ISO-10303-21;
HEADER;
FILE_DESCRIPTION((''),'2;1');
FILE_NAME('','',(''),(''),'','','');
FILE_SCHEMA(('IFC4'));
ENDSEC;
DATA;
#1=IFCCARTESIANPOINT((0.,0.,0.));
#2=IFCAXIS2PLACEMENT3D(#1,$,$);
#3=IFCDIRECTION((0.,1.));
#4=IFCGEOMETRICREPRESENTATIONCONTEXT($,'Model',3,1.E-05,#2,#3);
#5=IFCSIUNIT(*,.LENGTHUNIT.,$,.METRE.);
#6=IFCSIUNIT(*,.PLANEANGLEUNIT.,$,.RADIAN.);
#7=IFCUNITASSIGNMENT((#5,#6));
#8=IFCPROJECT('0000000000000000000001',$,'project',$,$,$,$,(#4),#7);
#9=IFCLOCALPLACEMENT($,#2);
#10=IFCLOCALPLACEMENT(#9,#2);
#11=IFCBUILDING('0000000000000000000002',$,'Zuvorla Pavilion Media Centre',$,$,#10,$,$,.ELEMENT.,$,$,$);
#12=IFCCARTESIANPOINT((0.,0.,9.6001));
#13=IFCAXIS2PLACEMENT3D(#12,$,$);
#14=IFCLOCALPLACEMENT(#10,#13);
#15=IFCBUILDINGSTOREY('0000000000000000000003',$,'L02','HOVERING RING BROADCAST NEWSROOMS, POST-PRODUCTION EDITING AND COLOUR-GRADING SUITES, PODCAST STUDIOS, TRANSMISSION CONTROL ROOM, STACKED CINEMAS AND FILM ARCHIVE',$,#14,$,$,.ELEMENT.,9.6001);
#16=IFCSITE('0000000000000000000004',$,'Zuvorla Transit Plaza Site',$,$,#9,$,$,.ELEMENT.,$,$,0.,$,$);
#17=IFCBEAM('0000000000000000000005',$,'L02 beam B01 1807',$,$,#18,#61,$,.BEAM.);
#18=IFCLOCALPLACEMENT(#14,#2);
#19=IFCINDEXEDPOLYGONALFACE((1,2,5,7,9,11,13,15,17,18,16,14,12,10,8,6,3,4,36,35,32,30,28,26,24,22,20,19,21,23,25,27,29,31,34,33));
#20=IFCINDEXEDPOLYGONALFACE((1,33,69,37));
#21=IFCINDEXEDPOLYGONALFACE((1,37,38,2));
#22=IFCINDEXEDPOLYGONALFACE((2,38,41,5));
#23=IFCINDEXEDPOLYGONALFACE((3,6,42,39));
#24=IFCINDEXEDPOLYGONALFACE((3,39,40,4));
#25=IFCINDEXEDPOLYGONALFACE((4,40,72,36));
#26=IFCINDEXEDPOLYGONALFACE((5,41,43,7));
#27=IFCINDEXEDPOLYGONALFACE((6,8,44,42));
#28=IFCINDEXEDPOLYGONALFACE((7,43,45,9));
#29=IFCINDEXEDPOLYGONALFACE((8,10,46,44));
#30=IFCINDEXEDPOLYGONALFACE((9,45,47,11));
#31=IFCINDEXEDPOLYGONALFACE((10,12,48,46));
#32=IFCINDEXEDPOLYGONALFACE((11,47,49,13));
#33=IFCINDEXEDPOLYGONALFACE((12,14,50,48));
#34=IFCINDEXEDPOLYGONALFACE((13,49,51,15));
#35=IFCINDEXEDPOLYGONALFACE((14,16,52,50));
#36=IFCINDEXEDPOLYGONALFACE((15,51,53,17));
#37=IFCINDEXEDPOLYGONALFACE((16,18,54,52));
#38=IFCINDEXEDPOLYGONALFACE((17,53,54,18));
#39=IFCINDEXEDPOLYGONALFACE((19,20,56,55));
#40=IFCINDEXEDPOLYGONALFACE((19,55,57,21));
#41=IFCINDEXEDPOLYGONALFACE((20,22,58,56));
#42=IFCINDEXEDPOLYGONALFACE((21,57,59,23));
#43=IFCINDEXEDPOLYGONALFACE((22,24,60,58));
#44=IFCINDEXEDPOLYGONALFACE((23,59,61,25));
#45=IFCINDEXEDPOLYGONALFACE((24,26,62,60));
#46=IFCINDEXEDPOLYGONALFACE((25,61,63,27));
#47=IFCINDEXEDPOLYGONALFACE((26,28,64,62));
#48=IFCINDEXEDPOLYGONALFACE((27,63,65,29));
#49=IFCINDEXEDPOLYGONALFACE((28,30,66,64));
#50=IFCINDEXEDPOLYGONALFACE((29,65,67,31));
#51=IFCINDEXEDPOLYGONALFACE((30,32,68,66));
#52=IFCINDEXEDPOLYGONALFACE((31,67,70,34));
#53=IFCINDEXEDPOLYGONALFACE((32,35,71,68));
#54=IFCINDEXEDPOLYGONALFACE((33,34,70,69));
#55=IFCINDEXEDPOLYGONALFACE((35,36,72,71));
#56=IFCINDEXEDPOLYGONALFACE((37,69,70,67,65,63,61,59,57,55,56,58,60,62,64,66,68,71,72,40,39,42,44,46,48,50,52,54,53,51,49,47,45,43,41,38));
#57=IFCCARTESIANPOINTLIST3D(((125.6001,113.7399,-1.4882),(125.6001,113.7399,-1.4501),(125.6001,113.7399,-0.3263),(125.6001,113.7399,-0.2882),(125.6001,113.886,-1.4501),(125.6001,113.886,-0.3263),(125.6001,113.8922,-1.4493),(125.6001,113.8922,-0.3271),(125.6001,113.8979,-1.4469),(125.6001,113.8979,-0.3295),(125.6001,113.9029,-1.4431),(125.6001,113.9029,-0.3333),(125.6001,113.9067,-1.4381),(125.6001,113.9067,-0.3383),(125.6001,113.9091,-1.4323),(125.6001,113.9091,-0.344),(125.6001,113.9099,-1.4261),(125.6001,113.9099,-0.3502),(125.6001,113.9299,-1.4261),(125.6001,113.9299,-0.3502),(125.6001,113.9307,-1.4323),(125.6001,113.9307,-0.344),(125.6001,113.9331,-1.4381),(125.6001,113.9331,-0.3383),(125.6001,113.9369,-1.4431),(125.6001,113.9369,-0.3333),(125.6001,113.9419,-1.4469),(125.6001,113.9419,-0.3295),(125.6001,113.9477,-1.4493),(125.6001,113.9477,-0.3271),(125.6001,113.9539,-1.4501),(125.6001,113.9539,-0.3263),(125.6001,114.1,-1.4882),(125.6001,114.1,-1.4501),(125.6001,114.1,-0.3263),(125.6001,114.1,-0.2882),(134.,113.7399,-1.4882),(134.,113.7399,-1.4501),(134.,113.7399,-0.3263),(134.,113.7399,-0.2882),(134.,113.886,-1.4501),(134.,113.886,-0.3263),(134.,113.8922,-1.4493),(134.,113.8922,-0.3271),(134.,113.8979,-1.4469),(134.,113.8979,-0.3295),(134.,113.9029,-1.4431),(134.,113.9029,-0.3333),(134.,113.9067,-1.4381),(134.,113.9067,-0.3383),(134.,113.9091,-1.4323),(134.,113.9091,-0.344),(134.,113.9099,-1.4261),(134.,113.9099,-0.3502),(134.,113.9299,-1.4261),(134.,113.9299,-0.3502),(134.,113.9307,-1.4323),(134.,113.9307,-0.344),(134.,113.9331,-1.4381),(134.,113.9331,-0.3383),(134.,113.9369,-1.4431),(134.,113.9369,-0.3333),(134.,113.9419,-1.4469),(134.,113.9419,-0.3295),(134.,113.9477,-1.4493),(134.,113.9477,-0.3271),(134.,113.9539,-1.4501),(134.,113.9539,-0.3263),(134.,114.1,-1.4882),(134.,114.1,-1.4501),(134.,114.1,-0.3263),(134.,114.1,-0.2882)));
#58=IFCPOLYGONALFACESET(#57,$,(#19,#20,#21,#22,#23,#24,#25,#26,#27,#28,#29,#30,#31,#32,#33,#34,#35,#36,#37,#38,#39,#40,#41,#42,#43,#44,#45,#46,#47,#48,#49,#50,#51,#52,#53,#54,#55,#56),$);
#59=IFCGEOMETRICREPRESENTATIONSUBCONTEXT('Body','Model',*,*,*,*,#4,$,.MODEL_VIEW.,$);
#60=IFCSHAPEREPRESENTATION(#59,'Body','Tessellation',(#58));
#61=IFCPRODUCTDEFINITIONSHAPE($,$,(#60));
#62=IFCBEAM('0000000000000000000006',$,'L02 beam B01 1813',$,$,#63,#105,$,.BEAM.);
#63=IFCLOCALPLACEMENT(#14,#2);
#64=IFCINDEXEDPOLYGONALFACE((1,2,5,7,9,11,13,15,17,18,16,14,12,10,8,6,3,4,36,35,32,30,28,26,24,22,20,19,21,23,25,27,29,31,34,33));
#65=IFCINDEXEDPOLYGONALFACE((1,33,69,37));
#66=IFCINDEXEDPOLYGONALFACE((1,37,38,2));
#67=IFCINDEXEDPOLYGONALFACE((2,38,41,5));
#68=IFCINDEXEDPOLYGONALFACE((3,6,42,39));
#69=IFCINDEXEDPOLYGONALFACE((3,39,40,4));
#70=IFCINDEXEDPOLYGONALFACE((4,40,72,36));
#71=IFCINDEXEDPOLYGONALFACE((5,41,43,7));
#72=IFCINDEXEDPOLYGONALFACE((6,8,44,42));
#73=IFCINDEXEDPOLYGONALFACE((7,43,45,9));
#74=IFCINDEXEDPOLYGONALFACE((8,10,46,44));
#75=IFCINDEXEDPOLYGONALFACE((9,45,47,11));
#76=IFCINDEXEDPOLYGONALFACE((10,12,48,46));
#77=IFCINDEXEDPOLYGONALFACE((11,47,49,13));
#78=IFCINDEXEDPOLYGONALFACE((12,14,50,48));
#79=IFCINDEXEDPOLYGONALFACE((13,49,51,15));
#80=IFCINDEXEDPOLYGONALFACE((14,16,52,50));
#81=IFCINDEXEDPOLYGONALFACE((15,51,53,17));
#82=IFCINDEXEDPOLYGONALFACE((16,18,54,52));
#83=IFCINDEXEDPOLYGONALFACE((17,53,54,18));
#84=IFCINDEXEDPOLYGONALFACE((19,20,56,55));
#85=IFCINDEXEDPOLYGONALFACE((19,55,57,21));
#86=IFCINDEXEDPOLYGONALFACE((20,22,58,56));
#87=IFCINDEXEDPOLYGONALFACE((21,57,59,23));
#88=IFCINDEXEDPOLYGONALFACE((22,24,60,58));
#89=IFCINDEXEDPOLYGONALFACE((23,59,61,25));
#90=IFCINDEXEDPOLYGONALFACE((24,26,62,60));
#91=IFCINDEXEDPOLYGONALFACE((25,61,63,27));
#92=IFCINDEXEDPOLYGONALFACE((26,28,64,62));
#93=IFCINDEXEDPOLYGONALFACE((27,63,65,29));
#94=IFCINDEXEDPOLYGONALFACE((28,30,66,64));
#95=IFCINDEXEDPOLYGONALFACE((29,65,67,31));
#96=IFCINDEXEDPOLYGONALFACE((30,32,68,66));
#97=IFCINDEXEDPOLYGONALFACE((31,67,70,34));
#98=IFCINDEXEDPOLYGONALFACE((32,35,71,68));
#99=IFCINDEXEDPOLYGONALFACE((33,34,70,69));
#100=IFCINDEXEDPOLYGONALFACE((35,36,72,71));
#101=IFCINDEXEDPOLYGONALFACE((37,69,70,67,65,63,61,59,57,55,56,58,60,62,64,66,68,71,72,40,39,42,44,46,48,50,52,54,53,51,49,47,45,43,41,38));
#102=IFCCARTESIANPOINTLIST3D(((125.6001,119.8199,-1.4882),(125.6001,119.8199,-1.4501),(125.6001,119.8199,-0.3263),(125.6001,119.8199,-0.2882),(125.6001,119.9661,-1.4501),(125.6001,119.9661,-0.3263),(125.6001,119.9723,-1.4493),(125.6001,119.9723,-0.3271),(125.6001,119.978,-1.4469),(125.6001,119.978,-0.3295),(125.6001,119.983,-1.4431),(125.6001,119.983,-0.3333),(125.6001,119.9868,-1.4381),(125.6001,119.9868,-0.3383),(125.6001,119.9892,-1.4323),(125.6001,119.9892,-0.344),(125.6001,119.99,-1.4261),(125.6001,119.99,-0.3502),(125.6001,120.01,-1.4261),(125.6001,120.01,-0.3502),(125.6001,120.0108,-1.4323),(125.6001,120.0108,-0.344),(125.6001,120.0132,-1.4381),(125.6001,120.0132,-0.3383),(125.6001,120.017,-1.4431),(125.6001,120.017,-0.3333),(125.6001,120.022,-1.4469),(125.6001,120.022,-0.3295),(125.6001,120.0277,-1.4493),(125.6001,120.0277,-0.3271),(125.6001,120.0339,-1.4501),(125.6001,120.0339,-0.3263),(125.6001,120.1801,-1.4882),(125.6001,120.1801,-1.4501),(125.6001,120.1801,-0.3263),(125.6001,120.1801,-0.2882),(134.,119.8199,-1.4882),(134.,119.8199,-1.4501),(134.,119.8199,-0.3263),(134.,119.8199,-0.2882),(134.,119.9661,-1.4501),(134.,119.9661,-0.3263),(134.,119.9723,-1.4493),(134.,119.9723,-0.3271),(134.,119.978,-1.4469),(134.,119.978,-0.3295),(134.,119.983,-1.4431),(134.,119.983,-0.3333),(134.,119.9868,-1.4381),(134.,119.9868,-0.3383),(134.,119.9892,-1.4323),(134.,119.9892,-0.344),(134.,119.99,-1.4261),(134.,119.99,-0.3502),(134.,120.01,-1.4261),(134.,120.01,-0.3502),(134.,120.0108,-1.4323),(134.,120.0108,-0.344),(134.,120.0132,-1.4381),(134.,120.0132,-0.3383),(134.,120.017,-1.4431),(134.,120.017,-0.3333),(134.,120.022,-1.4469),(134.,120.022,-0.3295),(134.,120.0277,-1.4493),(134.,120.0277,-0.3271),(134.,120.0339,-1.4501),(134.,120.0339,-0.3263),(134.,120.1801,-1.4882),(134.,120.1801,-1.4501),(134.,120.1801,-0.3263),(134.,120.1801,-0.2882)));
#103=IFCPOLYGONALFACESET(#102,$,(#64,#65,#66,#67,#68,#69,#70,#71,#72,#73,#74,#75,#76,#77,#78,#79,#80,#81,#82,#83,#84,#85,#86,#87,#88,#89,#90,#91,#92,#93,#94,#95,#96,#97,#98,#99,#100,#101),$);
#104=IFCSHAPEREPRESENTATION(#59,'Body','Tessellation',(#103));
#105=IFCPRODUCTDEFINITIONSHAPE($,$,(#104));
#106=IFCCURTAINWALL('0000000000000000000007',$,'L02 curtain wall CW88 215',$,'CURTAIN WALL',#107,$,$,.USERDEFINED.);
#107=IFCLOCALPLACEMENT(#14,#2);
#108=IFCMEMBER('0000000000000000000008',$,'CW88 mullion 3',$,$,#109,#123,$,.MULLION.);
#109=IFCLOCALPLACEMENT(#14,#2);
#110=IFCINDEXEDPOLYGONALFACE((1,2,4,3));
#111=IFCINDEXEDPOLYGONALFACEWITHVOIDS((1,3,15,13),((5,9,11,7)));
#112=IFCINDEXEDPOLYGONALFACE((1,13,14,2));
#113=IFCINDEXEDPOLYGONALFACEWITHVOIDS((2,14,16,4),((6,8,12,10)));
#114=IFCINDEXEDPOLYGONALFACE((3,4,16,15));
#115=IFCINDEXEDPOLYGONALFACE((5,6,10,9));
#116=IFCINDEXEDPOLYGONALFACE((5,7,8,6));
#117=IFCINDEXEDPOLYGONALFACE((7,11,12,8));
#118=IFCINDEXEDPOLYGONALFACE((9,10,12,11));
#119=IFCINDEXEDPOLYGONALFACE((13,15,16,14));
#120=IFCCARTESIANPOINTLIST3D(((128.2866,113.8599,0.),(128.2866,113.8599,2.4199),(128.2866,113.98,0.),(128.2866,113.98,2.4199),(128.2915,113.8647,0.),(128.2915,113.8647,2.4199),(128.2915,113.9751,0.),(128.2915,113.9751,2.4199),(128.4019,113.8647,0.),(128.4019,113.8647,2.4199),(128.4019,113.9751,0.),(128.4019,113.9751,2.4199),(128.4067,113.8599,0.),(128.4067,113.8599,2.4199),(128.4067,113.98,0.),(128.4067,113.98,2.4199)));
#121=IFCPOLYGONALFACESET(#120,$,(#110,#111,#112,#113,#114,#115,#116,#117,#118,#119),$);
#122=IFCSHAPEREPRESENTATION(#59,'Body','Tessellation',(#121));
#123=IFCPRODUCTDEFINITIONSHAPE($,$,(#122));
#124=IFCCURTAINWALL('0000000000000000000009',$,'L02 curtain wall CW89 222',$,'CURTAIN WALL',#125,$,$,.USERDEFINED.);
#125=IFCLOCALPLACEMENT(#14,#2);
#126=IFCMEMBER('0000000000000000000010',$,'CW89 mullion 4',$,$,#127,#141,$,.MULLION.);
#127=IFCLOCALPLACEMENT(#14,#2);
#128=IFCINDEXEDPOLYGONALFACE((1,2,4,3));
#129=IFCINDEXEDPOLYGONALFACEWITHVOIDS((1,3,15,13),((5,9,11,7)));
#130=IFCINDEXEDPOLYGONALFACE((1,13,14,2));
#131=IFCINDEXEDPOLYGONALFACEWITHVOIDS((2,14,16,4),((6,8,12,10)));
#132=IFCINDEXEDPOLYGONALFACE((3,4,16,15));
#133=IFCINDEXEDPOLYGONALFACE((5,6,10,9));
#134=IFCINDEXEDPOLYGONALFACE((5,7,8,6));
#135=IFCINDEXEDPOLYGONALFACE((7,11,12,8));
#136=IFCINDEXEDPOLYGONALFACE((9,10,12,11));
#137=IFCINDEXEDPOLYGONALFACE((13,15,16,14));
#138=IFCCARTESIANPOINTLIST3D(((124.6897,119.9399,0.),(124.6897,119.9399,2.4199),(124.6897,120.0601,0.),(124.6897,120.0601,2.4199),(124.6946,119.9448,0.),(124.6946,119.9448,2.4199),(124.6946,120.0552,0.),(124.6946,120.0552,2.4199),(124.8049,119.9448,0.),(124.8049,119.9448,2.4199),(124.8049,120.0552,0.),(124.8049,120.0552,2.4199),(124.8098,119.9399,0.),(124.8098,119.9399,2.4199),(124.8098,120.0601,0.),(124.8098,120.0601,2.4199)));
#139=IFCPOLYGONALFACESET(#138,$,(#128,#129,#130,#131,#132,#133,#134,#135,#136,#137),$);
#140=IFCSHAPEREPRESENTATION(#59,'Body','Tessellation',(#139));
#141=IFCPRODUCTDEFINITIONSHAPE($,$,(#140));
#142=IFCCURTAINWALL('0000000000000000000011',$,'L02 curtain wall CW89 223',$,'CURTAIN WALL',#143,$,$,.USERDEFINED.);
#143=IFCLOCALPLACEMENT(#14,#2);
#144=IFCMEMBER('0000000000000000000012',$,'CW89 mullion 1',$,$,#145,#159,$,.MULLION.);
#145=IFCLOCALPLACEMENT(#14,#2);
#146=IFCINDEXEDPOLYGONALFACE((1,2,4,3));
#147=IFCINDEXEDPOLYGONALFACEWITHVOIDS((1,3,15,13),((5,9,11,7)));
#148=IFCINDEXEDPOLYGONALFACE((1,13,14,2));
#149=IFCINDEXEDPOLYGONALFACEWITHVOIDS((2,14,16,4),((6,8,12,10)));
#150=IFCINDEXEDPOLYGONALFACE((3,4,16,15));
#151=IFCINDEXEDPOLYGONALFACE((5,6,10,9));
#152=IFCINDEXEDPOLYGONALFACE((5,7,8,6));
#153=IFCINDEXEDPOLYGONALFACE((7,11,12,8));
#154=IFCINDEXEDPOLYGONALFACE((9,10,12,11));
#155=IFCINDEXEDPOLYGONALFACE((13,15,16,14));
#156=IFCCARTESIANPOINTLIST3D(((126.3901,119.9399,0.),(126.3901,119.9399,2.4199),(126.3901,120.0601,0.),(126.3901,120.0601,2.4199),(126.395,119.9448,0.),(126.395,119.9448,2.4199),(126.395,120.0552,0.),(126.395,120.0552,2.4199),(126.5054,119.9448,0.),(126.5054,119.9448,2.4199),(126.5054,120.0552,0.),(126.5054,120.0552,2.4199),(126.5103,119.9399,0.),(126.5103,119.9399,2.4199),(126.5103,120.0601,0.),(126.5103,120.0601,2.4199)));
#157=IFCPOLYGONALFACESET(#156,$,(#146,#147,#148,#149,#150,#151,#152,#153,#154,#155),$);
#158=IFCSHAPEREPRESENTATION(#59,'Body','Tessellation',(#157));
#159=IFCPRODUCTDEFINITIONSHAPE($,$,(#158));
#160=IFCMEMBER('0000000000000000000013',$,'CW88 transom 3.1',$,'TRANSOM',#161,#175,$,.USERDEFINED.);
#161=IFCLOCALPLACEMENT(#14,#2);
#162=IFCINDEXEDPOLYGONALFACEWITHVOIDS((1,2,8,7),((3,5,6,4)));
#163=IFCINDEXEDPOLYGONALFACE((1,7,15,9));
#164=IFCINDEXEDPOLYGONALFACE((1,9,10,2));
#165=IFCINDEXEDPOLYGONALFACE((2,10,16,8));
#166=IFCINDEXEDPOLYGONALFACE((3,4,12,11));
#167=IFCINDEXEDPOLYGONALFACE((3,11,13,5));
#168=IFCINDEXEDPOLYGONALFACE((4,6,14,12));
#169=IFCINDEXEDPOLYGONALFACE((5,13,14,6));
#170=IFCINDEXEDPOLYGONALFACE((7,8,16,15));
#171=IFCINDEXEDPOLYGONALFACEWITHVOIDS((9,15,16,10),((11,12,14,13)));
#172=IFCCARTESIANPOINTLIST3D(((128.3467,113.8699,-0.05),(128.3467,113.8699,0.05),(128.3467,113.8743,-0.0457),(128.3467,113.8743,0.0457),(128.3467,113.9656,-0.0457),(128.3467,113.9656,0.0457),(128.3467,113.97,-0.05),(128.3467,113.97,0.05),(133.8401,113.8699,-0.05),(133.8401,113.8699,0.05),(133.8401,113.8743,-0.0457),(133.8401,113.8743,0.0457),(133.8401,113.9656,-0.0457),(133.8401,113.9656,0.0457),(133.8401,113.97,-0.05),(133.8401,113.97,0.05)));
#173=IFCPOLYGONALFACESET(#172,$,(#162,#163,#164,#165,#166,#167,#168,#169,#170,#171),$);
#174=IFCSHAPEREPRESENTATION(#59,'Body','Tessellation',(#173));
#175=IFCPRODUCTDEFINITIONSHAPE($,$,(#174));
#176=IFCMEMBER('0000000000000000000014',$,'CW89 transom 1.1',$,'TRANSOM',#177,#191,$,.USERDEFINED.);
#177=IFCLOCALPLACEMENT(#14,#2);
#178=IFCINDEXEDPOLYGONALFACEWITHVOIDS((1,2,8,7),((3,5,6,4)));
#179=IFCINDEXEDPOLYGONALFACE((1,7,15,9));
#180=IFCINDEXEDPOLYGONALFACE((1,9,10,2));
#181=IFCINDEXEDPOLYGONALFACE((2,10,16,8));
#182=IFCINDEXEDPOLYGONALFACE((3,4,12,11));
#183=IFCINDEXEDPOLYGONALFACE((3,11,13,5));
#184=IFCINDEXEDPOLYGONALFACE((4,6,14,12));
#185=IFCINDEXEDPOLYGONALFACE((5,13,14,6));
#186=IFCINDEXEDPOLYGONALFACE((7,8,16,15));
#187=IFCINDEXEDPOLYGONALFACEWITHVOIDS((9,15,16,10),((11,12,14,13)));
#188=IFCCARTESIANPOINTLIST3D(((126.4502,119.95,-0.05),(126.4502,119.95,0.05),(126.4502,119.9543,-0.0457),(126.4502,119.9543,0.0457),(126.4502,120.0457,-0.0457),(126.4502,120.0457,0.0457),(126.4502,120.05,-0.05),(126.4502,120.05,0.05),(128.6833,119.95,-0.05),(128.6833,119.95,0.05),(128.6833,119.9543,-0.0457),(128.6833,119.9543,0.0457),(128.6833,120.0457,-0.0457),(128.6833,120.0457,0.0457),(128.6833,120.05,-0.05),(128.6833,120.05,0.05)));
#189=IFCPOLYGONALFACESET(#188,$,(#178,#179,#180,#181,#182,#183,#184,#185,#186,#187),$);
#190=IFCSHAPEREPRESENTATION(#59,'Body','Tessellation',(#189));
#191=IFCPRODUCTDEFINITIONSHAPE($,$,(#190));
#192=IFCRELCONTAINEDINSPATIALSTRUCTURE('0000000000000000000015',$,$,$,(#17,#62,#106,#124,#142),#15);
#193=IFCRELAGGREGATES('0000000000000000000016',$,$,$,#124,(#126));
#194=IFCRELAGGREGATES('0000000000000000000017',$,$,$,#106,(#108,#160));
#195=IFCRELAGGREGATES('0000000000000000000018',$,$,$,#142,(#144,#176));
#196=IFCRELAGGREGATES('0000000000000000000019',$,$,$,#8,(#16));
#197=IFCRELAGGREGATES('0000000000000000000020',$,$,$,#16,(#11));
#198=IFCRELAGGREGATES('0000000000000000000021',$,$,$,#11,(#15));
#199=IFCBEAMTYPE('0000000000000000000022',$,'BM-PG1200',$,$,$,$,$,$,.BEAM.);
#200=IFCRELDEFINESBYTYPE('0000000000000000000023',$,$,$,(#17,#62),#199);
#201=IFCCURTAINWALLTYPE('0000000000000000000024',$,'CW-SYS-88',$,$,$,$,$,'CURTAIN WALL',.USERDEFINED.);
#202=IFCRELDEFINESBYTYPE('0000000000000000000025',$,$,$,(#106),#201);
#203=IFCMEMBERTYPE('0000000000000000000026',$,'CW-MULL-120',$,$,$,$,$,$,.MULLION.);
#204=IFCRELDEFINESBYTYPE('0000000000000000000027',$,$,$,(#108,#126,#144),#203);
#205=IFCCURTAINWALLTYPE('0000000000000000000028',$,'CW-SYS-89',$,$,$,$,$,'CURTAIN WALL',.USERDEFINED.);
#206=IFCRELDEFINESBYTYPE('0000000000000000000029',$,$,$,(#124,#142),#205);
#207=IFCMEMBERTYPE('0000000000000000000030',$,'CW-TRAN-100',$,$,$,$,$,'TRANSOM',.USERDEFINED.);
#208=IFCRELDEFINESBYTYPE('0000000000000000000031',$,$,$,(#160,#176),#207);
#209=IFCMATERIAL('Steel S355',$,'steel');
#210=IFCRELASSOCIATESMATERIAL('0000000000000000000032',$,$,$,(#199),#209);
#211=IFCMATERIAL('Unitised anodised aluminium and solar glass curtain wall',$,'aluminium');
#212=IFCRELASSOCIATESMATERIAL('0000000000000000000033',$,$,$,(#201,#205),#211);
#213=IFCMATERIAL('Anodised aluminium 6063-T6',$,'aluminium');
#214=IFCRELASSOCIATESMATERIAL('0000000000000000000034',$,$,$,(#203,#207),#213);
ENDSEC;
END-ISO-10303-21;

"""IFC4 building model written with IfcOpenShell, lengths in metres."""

from ifc_helpers import new_model, si_unit, direction, frame, origin, origin_2d, place, context, subcontext, project, spatial, hollow_rectangle, i_section, extrude, material, material_profile, profile_set, type_object, element, aggregate, save


model = new_model("IFC4")

# Units and contexts
model_context = context("Model", 3, precision=1e-05, world=origin(), true_north=direction((0.0, 1.0)))
body_context = subcontext(model_context, "Body", "Model", "MODEL_VIEW")
ifc_project = project(units=[si_unit("LENGTHUNIT", "METRE"), si_unit("PLANEANGLEUNIT", "RADIAN")], contexts=[model_context])

# Site, building, storey
site_placement = place(None, origin())
site = spatial("IfcSite", under=ifc_project, at=site_placement, Name="Zuvorla Transit Plaza Site", CompositionType="ELEMENT", RefElevation=0.0)
building_placement = place(site_placement, origin())
building = spatial("IfcBuilding", under=site, at=building_placement, Name="Zuvorla Pavilion Media Centre", CompositionType="ELEMENT")
storey_placement = place(building_placement, frame((0.0, 0.0, 9.6001)))
storey = spatial("IfcBuildingStorey", under=building, at=storey_placement, Name="L02", Description="HOVERING RING BROADCAST NEWSROOMS, POST-PRODUCTION EDITING AND COLOUR-GRADING SUITES, PODCAST STUDIOS, TRANSMISSION CONTROL ROOM, STACKED CINEMAS AND FILM ARCHIVE", CompositionType="ELEMENT", Elevation=9.6001)

# Beams
ifc_material_1 = material(Name="Steel S355", Category="steel")
ifc_material_profile_1 = material_profile(ifc_material_1, i_section(OverallWidth=0.3601, OverallDepth=1.2, WebThickness=0.02, FlangeThickness=0.0381, FilletRadius=0.0239, at=origin_2d()), Name="PG 1200x360x38")
ifc_profile_set_1 = profile_set([ifc_material_profile_1], Name="Steel S355")
beam_type = type_object("IfcBeamType", Name="BM-PG1200", PredefinedType="BEAM", material=ifc_profile_set_1)
for number, where, z_axis, x_axis, name in (
    (1, (125.6001, 113.9199, -0.8882), (1.0, 0.0, 0.0), (0.0, 1.0, 0.0), "L02 beam B01 1807"),
    (2, (125.6001, 120.0, -0.8882), (1.0, 0.0, 0.0), (0.0, 1.0, 0.0), "L02 beam B01 1813"),
):
    element("IfcBeam", number, at=place(storey_placement, frame(where, z_axis=z_axis, x_axis=x_axis)), inside=storey, type_object=beam_type, Name=name, PredefinedType="BEAM", context=body_context, shape_type="SweptSolid", body=[
        extrude(i_section(OverallWidth=0.3601, OverallDepth=1.2, WebThickness=0.02, FlangeThickness=0.0381, FilletRadius=0.0239, at=origin_2d()), origin(), (0.0, 0.0, 1.0), 8.3999),
    ])

# Curtain walls, members
ifc_material_2 = material(Name="Unitised anodised aluminium and solar glass curtain wall", Category="aluminium")
curtain_wall_type_1 = type_object("IfcCurtainWallType", Name="CW-SYS-88", ElementType="CURTAIN WALL", PredefinedType="USERDEFINED", material=ifc_material_2)
curtain_wall_1_placement = place(storey_placement, origin())
curtain_wall_1 = element("IfcCurtainWall", 3, at=curtain_wall_1_placement, inside=storey, type_object=curtain_wall_type_1, Name="L02 curtain wall CW88 215", ObjectType="CURTAIN WALL", PredefinedType="USERDEFINED")
ifc_material_3 = material(Name="Anodised aluminium 6063-T6", Category="aluminium")
ifc_material_profile_2 = material_profile(ifc_material_3, hollow_rectangle(XDim=0.1201, YDim=0.1201, WallThickness=0.0049, at=origin_2d()), Name="ALU MULL 120x120")
ifc_profile_set_2 = profile_set([ifc_material_profile_2], Name="Anodised aluminium 6063-T6")
member_type_1 = type_object("IfcMemberType", Name="CW-MULL-120", PredefinedType="MULLION", material=ifc_profile_set_2)
member_1_placement = place(storey_placement, frame((128.3467, 113.9199, 0.0), z_axis=(0.0, 0.0, 1.0), x_axis=(1.0, 0.0, 0.0)))
member_1 = element("IfcMember", 4, at=member_1_placement, type_object=member_type_1, Name="CW88 mullion 3", PredefinedType="MULLION", context=body_context, shape_type="SweptSolid", body=[
    extrude(hollow_rectangle(XDim=0.1201, YDim=0.1201, WallThickness=0.0049, at=origin_2d()), origin(), (0.0, 0.0, 1.0), 2.4199),
])
curtain_wall_type_2 = type_object("IfcCurtainWallType", Name="CW-SYS-89", ElementType="CURTAIN WALL", PredefinedType="USERDEFINED", material=ifc_material_2)
curtain_wall_2_placement = place(storey_placement, origin())
curtain_wall_2 = element("IfcCurtainWall", 5, at=curtain_wall_2_placement, inside=storey, type_object=curtain_wall_type_2, Name="L02 curtain wall CW89 222", ObjectType="CURTAIN WALL", PredefinedType="USERDEFINED")
member_2_placement = place(storey_placement, frame((124.7498, 120.0, 0.0), z_axis=(0.0, 0.0, 1.0), x_axis=(1.0, 0.0, 0.0)))
member_2 = element("IfcMember", 6, at=member_2_placement, type_object=member_type_1, Name="CW89 mullion 4", PredefinedType="MULLION", context=body_context, shape_type="SweptSolid", body=[
    extrude(hollow_rectangle(XDim=0.1201, YDim=0.1201, WallThickness=0.0049, at=origin_2d()), origin(), (0.0, 0.0, 1.0), 2.4199),
])
aggregate(curtain_wall_2, [member_2])
curtain_wall_3_placement = place(storey_placement, origin())
curtain_wall_3 = element("IfcCurtainWall", 7, at=curtain_wall_3_placement, inside=storey, type_object=curtain_wall_type_2, Name="L02 curtain wall CW89 223", ObjectType="CURTAIN WALL", PredefinedType="USERDEFINED")
member_3_placement = place(storey_placement, frame((126.4502, 120.0, 0.0), z_axis=(0.0, 0.0, 1.0), x_axis=(1.0, 0.0, 0.0)))
member_3 = element("IfcMember", 8, at=member_3_placement, type_object=member_type_1, Name="CW89 mullion 1", PredefinedType="MULLION", context=body_context, shape_type="SweptSolid", body=[
    extrude(hollow_rectangle(XDim=0.1201, YDim=0.1201, WallThickness=0.0049, at=origin_2d()), origin(), (0.0, 0.0, 1.0), 2.4199),
])

# Members
ifc_material_profile_3 = material_profile(ifc_material_3, hollow_rectangle(XDim=0.1001, YDim=0.1001, WallThickness=0.0044, at=origin_2d()), Name="ALU TRAN 100x100")
ifc_profile_set_3 = profile_set([ifc_material_profile_3], Name="Anodised aluminium 6063-T6")
member_type_2 = type_object("IfcMemberType", Name="CW-TRAN-100", ElementType="TRANSOM", PredefinedType="USERDEFINED", material=ifc_profile_set_3)
member_4_placement = place(storey_placement, frame((128.3467, 113.9199, 0.0), z_axis=(1.0, 0.0, 0.0), x_axis=(0.0, 1.0, 0.0)))
member_4 = element("IfcMember", 9, at=member_4_placement, type_object=member_type_2, Name="CW88 transom 3.1", ObjectType="TRANSOM", PredefinedType="USERDEFINED", context=body_context, shape_type="SweptSolid", body=[
    extrude(hollow_rectangle(XDim=0.1001, YDim=0.1001, WallThickness=0.0044, at=origin_2d()), origin(), (0.0, 0.0, 1.0), 5.4934),
])
member_5_placement = place(storey_placement, frame((126.4502, 120.0, 0.0), z_axis=(1.0, 0.0, 0.0), x_axis=(0.0, 1.0, 0.0)))
member_5 = element("IfcMember", 10, at=member_5_placement, type_object=member_type_2, Name="CW89 transom 1.1", ObjectType="TRANSOM", PredefinedType="USERDEFINED", context=body_context, shape_type="SweptSolid", body=[
    extrude(hollow_rectangle(XDim=0.1001, YDim=0.1001, WallThickness=0.0044, at=origin_2d()), origin(), (0.0, 0.0, 1.0), 2.2332),
])

aggregate(curtain_wall_1, [member_1, member_4])
aggregate(curtain_wall_3, [member_3, member_5])

save(model, "model.ifc")
